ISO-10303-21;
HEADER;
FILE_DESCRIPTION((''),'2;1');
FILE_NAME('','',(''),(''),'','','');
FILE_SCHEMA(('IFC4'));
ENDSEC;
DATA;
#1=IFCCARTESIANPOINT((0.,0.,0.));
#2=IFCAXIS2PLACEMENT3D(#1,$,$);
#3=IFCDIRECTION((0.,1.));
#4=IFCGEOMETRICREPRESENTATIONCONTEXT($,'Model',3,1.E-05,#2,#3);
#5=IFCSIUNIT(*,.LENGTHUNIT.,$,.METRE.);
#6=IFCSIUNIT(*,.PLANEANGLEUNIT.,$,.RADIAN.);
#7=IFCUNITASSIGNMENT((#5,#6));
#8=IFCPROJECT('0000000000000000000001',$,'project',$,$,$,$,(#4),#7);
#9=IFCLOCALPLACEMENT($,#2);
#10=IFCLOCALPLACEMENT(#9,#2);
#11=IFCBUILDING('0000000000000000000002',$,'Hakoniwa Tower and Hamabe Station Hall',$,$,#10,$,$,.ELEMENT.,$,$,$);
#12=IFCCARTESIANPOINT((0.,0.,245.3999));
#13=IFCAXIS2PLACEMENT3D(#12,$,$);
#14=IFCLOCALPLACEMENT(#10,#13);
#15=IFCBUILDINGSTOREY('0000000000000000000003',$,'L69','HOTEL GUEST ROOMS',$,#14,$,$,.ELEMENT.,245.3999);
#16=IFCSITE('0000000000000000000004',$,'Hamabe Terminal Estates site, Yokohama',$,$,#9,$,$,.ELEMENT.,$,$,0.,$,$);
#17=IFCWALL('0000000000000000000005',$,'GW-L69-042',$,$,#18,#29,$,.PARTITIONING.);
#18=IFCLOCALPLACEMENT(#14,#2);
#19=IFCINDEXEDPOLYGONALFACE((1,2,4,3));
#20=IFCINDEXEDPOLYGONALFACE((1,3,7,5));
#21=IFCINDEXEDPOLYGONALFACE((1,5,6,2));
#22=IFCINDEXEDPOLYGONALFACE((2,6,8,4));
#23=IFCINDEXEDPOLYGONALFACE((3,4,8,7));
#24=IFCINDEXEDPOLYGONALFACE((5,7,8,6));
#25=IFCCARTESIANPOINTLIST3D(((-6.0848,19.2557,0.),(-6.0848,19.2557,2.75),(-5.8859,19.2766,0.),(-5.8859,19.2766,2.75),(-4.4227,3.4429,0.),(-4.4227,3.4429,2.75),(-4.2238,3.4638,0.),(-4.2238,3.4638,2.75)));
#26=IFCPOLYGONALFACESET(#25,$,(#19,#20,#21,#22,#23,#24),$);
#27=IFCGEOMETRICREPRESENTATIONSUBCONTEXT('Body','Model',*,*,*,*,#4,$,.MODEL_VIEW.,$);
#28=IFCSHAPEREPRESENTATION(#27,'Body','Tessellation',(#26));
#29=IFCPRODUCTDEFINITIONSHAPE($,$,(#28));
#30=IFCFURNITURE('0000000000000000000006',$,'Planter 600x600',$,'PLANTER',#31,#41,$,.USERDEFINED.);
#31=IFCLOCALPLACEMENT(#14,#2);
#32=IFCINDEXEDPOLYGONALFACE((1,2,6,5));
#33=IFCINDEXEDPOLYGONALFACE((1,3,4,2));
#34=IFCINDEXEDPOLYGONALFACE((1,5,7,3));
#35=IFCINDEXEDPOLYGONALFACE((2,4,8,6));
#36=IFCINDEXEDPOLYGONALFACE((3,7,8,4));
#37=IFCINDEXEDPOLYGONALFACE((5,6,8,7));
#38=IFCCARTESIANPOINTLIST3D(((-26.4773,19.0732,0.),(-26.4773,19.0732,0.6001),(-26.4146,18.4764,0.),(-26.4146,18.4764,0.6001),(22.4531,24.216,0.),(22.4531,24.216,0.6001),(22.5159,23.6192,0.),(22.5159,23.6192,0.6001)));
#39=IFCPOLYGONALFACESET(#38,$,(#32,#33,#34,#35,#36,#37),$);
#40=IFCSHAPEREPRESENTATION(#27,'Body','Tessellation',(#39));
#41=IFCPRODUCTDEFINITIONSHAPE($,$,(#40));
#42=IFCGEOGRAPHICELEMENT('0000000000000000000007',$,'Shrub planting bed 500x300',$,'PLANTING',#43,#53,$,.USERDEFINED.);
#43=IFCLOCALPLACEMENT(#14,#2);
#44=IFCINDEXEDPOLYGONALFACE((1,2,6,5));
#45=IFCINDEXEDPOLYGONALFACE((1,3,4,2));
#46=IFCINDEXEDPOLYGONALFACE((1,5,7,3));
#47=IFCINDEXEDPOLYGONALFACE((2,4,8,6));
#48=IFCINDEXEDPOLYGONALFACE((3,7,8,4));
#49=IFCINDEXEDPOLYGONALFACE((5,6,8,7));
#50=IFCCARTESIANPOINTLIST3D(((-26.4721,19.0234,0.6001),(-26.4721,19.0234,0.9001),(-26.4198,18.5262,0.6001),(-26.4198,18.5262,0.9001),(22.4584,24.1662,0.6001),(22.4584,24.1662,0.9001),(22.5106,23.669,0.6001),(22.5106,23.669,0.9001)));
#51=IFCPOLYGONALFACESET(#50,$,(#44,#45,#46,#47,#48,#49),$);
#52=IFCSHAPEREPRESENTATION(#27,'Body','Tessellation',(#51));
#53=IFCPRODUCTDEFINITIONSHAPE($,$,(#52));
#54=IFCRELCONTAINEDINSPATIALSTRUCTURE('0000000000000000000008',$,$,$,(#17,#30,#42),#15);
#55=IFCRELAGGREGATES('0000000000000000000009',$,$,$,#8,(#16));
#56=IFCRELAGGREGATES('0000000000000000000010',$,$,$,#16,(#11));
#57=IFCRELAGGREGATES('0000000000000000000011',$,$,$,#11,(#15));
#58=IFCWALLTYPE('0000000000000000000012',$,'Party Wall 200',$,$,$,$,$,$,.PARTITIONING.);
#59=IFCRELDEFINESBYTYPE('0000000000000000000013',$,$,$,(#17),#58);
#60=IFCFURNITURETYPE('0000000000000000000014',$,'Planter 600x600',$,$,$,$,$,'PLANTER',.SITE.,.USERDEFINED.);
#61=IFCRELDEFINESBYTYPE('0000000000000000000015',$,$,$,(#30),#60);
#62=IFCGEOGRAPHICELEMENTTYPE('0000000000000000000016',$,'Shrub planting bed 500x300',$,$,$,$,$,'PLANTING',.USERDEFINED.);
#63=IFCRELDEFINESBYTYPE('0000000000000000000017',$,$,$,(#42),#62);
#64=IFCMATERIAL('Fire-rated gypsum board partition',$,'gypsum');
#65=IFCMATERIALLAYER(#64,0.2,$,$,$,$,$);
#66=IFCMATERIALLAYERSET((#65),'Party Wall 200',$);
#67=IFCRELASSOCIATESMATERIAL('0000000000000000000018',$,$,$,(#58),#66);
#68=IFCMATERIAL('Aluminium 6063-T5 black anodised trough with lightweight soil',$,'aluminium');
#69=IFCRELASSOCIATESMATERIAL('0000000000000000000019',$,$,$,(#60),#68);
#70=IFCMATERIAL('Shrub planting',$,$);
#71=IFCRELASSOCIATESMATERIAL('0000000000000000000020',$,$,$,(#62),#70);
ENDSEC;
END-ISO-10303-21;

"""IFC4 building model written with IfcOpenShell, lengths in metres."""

from ifc_helpers import new_model, si_unit, direction, frame, frame_2d, origin, origin_2d, place, context, subcontext, project, spatial, rectangle, extrude, material, layer, layer_set, type_object, element, save


model = new_model("IFC4")

# Units and contexts
model_context = context("Model", 3, precision=1e-05, world=origin(), true_north=direction((0.0, 1.0)))
body_context = subcontext(model_context, "Body", "Model", "MODEL_VIEW")
ifc_project = project(units=[si_unit("LENGTHUNIT", "METRE"), si_unit("PLANEANGLEUNIT", "RADIAN")], contexts=[model_context])

# Site, building, storey
site_placement = place(None, origin())
site = spatial("IfcSite", under=ifc_project, at=site_placement, Name="Hamabe Terminal Estates site, Yokohama", CompositionType="ELEMENT", RefElevation=0.0)
building_placement = place(site_placement, origin())
building = spatial("IfcBuilding", under=site, at=building_placement, Name="Hakoniwa Tower and Hamabe Station Hall", CompositionType="ELEMENT")
storey_placement = place(building_placement, frame((0.0, 0.0, 245.3999)))
storey = spatial("IfcBuildingStorey", under=building, at=storey_placement, Name="L69", Description="HOTEL GUEST ROOMS", CompositionType="ELEMENT", Elevation=245.3999)

# Wall
ifc_material_1 = material(Name="Fire-rated gypsum board partition", Category="gypsum")
ifc_layer_1 = layer(ifc_material_1, 0.2)
ifc_layer_set_1 = layer_set([ifc_layer_1], Name="Party Wall 200")
wall_type_1 = type_object("IfcWallType", Name="Party Wall 200", PredefinedType="PARTITIONING", material=ifc_layer_set_1)
wall_1_placement = place(storey_placement, frame((-4.3232, 3.4534, 0.0), z_axis=(0.0, 0.0, 1.0), x_axis=(-0.104536, 0.994521, 0.0)))
element("IfcWall", 1, at=wall_1_placement, inside=storey, type_object=wall_type_1, Name="GW-L69-042", PredefinedType="PARTITIONING", context=body_context, shape_type="SweptSolid", body=[
    extrude(rectangle(XDim=15.8999, YDim=0.2, at=frame_2d((7.95, 0.0))), origin(), (0.0, 0.0, 1.0), 2.75),
])

# Furniture
ifc_material_2 = material(Name="Aluminium 6063-T5 black anodised trough with lightweight soil", Category="aluminium")
furniture_type = type_object("IfcFurnitureType", Name="Planter 600x600", ElementType="PLANTER", AssemblyPlace="SITE", PredefinedType="USERDEFINED", material=ifc_material_2)
furniture_placement = place(storey_placement, frame((-1.9807, 21.3462, 0.0), z_axis=(0.0, 0.0, 1.0), x_axis=(0.994522, 0.104528, 0.0)))
element("IfcFurniture", 2, at=furniture_placement, inside=storey, type_object=furniture_type, Name="Planter 600x600", ObjectType="PLANTER", PredefinedType="USERDEFINED", context=body_context, shape_type="SweptSolid", body=[
    extrude(rectangle(XDim=49.2, YDim=0.6001, at=origin_2d()), origin(), (0.0, 0.0, 1.0), 0.6001),
])

# Geographic element
ifc_material_3 = material(Name="Shrub planting")
geographic_element_type = type_object("IfcGeographicElementType", Name="Shrub planting bed 500x300", ElementType="PLANTING", PredefinedType="USERDEFINED", material=ifc_material_3)
geographic_element_placement = place(storey_placement, frame((-1.9807, 21.3462, 0.6001), z_axis=(0.0, 0.0, 1.0), x_axis=(0.994522, 0.104528, 0.0)))
element("IfcGeographicElement", 3, at=geographic_element_placement, inside=storey, type_object=geographic_element_type, Name="Shrub planting bed 500x300", ObjectType="PLANTING", PredefinedType="USERDEFINED", context=body_context, shape_type="SweptSolid", body=[
    extrude(rectangle(XDim=49.2, YDim=0.5, at=origin_2d()), origin(), (0.0, 0.0, 1.0), 0.3),
])

save(model, "model.ifc")
